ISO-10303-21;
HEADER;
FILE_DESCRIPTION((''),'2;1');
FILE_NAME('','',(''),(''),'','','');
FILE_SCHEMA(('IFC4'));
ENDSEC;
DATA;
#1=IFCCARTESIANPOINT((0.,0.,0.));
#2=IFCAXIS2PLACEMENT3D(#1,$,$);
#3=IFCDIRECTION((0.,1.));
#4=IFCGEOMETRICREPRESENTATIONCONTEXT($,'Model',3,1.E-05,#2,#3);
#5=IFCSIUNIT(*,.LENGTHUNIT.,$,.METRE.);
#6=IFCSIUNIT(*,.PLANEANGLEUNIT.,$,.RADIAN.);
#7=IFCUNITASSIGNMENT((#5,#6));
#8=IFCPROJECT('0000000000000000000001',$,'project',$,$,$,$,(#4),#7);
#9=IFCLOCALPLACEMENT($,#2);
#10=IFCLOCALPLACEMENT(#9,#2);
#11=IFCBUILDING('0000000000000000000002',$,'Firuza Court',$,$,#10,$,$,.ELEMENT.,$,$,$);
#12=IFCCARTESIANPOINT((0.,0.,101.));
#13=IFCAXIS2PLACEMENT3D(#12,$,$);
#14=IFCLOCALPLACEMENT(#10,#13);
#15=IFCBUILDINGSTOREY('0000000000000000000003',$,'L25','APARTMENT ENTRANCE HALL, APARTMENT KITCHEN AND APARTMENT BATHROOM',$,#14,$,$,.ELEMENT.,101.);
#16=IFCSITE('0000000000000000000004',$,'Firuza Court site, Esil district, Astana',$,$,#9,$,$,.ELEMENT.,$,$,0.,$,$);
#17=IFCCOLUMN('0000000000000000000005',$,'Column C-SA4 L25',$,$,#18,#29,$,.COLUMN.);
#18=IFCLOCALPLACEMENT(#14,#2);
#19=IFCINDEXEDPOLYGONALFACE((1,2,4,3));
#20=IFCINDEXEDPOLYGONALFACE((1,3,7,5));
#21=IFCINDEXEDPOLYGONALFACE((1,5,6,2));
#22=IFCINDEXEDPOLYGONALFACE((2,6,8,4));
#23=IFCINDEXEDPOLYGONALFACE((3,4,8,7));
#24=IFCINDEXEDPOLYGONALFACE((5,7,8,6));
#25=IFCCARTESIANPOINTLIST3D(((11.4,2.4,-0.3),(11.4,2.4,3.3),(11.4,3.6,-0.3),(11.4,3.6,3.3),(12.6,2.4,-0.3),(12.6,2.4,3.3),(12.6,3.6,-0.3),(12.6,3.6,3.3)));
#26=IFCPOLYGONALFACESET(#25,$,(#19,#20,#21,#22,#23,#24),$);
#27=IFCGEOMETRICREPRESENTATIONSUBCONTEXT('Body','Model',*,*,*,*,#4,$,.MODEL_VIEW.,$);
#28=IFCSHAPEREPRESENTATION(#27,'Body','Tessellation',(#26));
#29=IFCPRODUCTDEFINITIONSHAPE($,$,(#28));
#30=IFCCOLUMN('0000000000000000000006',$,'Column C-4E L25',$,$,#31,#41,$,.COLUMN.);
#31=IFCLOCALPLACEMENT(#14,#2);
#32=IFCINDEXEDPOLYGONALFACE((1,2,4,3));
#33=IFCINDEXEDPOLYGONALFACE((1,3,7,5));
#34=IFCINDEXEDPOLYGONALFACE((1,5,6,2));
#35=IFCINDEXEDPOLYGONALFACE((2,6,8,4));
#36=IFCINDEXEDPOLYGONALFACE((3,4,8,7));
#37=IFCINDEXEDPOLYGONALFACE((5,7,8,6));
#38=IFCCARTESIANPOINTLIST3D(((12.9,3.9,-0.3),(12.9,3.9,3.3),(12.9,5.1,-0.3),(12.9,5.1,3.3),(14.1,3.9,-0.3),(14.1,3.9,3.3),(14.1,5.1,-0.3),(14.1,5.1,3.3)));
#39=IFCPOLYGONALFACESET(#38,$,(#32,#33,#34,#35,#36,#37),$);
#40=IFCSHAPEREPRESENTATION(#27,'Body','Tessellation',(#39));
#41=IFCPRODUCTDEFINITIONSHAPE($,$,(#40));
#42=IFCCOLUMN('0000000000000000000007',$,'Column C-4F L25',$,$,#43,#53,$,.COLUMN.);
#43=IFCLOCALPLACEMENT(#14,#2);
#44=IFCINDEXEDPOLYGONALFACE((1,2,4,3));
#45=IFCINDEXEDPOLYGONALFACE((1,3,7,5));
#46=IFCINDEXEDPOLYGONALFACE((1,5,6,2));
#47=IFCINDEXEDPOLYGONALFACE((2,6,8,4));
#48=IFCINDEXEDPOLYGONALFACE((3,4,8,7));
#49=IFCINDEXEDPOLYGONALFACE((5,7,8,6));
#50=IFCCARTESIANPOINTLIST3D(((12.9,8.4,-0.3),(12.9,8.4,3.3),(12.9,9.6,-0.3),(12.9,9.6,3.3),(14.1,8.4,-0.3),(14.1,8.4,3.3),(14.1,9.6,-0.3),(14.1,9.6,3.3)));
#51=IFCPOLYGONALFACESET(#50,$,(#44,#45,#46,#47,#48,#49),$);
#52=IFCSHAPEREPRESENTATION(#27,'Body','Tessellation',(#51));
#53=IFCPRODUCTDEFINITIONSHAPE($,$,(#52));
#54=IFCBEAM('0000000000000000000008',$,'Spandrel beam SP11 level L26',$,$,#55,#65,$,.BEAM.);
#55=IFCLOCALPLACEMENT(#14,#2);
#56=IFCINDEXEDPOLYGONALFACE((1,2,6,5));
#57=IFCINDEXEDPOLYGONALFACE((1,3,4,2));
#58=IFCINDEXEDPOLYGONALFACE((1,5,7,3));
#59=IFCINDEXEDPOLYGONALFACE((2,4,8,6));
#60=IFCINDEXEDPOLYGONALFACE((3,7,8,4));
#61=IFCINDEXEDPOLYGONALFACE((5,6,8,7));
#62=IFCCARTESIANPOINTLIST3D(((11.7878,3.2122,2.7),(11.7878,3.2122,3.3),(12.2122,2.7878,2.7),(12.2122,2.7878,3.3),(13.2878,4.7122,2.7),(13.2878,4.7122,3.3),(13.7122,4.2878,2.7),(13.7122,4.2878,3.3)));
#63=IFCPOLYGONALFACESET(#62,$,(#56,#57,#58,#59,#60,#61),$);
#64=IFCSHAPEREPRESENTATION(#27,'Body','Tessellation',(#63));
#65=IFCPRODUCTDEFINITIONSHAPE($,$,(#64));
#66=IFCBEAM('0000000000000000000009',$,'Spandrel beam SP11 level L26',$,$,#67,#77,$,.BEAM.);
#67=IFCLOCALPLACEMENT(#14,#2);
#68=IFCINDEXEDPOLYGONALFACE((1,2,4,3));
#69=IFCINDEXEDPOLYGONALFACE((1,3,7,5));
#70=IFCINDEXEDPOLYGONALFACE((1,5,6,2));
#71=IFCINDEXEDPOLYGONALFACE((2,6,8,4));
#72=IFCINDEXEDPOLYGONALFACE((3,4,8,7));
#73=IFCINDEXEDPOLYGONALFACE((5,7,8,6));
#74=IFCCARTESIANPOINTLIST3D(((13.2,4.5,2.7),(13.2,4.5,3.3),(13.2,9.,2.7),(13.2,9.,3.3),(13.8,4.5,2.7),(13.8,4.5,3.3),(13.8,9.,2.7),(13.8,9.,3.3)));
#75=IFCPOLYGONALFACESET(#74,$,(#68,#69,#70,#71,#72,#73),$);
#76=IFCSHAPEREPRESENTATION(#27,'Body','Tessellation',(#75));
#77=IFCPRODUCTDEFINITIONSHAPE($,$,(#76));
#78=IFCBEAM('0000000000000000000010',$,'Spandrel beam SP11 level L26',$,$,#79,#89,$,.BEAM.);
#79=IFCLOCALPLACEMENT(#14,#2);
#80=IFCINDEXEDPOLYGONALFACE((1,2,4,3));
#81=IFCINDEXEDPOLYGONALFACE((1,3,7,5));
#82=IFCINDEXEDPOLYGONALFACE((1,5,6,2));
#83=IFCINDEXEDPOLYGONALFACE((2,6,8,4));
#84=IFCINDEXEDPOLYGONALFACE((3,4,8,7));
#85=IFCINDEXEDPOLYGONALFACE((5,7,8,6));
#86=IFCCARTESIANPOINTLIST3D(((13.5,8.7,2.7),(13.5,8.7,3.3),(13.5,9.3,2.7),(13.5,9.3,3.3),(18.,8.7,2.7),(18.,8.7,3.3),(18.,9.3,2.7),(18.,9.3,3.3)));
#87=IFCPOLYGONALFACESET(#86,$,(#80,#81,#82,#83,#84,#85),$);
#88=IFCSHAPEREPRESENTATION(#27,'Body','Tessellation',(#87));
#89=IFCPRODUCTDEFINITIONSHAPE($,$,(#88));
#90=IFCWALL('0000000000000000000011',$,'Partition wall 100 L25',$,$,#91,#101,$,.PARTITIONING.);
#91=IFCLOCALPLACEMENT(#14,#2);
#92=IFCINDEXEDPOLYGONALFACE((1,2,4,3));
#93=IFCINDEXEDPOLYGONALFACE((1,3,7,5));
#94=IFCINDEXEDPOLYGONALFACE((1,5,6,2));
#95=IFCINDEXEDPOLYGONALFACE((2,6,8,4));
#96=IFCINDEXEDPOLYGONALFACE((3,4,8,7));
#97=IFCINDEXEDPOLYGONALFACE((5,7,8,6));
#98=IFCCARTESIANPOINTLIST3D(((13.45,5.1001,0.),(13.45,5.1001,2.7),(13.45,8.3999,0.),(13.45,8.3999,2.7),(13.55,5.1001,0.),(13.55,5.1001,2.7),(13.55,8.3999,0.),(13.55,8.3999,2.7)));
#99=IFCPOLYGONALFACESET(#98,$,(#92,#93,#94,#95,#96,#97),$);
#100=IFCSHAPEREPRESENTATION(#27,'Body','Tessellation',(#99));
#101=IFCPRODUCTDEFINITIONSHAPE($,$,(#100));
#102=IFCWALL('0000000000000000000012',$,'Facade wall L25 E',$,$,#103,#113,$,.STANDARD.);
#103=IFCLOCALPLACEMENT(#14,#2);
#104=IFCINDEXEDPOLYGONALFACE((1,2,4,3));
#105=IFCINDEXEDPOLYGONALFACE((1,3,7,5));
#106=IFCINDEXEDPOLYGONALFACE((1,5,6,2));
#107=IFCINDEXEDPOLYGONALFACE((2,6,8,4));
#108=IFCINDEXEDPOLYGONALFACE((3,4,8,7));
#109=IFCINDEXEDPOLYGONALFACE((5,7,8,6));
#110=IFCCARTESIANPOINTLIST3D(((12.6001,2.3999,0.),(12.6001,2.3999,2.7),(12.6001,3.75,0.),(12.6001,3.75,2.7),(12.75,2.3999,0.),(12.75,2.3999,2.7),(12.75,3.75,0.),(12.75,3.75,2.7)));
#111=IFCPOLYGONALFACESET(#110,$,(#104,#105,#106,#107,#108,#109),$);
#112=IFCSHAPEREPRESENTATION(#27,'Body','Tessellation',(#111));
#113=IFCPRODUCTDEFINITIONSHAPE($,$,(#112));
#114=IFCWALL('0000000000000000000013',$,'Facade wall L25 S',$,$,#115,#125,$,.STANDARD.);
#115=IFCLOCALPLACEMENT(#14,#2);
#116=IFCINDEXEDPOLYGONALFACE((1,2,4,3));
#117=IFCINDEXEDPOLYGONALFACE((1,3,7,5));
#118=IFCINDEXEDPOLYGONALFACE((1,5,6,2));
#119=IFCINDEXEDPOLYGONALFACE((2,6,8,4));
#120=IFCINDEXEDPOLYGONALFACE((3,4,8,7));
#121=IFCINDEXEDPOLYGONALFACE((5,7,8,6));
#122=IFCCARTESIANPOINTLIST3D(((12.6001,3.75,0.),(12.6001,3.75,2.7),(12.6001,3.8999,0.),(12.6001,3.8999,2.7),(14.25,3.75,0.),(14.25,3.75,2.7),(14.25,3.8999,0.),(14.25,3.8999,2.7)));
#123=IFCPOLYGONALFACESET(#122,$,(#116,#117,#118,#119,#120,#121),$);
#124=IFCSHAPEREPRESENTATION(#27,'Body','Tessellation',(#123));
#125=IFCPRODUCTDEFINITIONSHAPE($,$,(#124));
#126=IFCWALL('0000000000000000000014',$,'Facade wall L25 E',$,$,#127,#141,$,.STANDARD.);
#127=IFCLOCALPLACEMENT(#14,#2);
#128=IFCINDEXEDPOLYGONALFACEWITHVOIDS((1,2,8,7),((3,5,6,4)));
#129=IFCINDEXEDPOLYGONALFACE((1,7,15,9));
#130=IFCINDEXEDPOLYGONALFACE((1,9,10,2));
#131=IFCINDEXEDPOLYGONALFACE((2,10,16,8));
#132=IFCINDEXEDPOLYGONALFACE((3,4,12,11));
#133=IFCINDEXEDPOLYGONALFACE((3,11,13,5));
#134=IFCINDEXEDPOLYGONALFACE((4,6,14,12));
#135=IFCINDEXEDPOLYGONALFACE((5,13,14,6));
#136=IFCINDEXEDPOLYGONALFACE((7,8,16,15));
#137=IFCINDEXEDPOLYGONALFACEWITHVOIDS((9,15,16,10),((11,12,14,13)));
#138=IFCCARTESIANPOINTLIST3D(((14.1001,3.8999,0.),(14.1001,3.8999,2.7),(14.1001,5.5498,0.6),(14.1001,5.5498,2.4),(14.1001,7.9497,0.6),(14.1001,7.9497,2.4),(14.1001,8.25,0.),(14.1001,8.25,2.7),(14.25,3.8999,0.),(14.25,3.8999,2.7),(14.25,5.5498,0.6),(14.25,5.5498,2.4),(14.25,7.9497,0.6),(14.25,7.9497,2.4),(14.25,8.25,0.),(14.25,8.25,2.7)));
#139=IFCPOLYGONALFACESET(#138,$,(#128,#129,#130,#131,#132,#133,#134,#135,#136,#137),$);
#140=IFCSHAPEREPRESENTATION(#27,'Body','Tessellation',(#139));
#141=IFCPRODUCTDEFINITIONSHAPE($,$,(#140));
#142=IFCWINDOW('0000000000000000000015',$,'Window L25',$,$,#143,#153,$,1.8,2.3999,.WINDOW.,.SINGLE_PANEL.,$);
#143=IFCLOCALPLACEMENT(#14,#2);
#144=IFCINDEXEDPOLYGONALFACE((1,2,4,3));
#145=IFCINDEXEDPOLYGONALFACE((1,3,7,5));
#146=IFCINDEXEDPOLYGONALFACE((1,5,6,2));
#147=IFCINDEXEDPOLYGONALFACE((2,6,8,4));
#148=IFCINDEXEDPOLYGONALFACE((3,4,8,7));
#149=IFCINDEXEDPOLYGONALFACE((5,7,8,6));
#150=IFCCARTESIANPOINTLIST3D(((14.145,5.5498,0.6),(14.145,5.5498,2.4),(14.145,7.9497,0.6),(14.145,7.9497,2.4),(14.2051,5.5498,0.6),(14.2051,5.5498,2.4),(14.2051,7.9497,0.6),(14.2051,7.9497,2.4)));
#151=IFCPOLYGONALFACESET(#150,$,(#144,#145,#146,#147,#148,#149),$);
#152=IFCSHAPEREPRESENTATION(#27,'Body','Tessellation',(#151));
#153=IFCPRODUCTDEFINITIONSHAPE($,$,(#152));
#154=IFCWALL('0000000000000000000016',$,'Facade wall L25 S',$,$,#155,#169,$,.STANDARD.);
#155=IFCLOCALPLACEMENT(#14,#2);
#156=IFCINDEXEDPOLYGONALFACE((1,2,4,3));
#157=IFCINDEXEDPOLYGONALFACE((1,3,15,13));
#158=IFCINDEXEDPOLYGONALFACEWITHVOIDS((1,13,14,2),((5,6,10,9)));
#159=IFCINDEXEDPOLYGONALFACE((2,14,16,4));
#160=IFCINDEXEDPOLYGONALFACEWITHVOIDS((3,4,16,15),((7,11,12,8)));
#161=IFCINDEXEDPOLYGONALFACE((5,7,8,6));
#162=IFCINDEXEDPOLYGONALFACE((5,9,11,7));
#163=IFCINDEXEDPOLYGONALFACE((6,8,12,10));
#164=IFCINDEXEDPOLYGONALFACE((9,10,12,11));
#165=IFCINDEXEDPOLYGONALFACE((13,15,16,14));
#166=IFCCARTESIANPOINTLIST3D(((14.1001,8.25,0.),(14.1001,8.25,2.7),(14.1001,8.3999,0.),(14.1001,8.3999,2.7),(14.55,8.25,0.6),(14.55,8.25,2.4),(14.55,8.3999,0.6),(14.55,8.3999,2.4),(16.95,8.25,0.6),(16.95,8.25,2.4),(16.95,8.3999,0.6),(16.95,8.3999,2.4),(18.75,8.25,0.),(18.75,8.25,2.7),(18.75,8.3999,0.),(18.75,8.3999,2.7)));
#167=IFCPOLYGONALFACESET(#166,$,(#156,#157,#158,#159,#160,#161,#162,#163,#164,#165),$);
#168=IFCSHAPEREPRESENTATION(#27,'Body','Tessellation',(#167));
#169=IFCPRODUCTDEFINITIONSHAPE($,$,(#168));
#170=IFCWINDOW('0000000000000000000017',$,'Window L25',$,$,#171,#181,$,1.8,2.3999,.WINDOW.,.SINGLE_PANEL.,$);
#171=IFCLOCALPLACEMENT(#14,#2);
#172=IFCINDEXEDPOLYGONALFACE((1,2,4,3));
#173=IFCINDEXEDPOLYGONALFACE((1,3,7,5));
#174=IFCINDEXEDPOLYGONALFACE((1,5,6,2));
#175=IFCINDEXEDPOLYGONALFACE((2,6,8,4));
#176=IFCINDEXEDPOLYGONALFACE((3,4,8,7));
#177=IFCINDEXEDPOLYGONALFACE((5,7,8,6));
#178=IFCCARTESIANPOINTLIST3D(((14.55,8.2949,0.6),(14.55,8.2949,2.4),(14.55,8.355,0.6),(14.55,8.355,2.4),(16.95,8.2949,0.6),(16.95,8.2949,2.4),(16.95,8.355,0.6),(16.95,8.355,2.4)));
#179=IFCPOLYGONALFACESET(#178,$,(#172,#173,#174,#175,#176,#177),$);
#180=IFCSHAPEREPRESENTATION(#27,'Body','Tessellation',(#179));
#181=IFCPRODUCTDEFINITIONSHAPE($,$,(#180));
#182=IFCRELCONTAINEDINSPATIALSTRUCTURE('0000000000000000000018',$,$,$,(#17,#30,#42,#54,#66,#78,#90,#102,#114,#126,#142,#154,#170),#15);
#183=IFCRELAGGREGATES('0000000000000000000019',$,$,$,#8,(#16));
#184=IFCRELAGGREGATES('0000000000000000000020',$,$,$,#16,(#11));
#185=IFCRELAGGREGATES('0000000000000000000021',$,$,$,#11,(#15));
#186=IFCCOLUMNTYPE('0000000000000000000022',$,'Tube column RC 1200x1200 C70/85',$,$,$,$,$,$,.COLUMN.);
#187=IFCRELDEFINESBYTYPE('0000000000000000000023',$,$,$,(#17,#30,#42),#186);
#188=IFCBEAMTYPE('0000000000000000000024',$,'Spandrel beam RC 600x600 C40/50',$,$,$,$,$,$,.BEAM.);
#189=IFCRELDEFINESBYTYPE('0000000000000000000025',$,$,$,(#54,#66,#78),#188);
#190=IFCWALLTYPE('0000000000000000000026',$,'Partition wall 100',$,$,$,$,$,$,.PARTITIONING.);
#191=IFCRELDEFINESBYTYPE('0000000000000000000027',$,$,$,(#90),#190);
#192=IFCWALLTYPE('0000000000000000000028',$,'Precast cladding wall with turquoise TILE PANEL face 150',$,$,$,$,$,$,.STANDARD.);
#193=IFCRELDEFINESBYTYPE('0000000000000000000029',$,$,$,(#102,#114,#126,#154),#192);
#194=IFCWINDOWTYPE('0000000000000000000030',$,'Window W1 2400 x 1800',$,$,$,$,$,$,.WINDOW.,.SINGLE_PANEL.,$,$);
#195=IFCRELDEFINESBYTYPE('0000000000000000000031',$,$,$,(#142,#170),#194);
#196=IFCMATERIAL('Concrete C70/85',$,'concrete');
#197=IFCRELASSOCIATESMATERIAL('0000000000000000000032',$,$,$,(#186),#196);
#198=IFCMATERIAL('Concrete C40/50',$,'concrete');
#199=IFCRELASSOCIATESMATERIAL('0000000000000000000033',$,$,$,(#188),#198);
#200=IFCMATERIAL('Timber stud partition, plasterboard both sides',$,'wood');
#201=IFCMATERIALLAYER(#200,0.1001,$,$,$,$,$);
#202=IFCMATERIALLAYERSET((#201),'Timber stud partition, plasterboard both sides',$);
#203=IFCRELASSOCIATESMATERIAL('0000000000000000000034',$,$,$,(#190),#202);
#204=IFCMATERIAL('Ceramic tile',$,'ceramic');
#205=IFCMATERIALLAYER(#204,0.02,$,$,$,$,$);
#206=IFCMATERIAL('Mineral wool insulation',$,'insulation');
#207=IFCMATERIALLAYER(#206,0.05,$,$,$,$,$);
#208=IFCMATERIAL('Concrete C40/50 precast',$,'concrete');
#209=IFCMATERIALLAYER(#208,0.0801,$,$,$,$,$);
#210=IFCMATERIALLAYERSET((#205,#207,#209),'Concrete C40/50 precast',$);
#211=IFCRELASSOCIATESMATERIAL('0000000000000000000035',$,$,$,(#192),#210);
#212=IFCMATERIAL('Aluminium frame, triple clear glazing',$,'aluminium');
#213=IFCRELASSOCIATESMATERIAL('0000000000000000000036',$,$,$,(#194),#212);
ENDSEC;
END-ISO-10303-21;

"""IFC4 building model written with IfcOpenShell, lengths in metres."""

from ifc_helpers import new_model, si_unit, direction, frame, frame_2d, origin, origin_2d, place, context, subcontext, project, spatial, rectangle, extrude, material, layer, layer_set, material_profile, profile_set, type_object, element, fill, save


model = new_model("IFC4")

# Units and contexts
model_context = context("Model", 3, precision=1e-05, world=origin(), true_north=direction((0.0, 1.0)))
body_context = subcontext(model_context, "Body", "Model", "MODEL_VIEW")
ifc_project = project(units=[si_unit("LENGTHUNIT", "METRE"), si_unit("PLANEANGLEUNIT", "RADIAN")], contexts=[model_context])

# Site, building, storey
site_placement = place(None, origin())
site = spatial("IfcSite", under=ifc_project, at=site_placement, Name="Firuza Court site, Esil district, Astana", CompositionType="ELEMENT", RefElevation=0.0)
building_placement = place(site_placement, origin())
building = spatial("IfcBuilding", under=site, at=building_placement, Name="Firuza Court", CompositionType="ELEMENT")
storey_placement = place(building_placement, frame((0.0, 0.0, 101.0)))
storey = spatial("IfcBuildingStorey", under=building, at=storey_placement, Name="L25", Description="APARTMENT ENTRANCE HALL, APARTMENT KITCHEN AND APARTMENT BATHROOM", CompositionType="ELEMENT", Elevation=101.0)

# Columns
ifc_material_1 = material(Name="Concrete C70/85", Category="concrete")
ifc_material_profile_1 = material_profile(ifc_material_1, rectangle(XDim=1.2, YDim=1.2, at=origin_2d()), Name="RC 1200x1200")
ifc_profile_set_1 = profile_set([ifc_material_profile_1], Name="Concrete C70/85")
column_type = type_object("IfcColumnType", Name="Tube column RC 1200x1200 C70/85", PredefinedType="COLUMN", material=ifc_profile_set_1)
for number, where, z_axis, x_axis, name in (
    (1, (12.0, 3.0, -0.3), (0.0, 0.0, 1.0), (1.0, 0.0, 0.0), "Column C-SA4 L25"),
    (2, (13.5, 4.5, -0.3), (0.0, 0.0, 1.0), (1.0, 0.0, 0.0), "Column C-4E L25"),
    (3, (13.5, 9.0, -0.3), (0.0, 0.0, 1.0), (1.0, 0.0, 0.0), "Column C-4F L25"),
):
    element("IfcColumn", number, at=place(storey_placement, frame(where, z_axis=z_axis, x_axis=x_axis)), inside=storey, type_object=column_type, Name=name, PredefinedType="COLUMN", context=body_context, shape_type="SweptSolid", body=[
        extrude(rectangle(XDim=1.2, YDim=1.2, at=origin_2d()), origin(), (0.0, 0.0, 1.0), 3.6001),
    ])

# Beams
ifc_material_2 = material(Name="Concrete C40/50", Category="concrete")
ifc_material_profile_2 = material_profile(ifc_material_2, rectangle(XDim=0.6001, YDim=0.6001, at=origin_2d()), Name="RC 600x600")
ifc_profile_set_2 = profile_set([ifc_material_profile_2], Name="Concrete C40/50")
beam_type = type_object("IfcBeamType", Name="Spandrel beam RC 600x600 C40/50", PredefinedType="BEAM", material=ifc_profile_set_2)
beam_placement = place(storey_placement, frame((12.0, 3.0, 3.0), z_axis=(0.707107, 0.707107, 0.0), x_axis=(-0.707107, 0.707107, 0.0)))
element("IfcBeam", 4, at=beam_placement, inside=storey, type_object=beam_type, Name="Spandrel beam SP11 level L26", PredefinedType="BEAM", context=body_context, shape_type="SweptSolid", body=[
    extrude(rectangle(XDim=0.6001, YDim=0.6001, at=origin_2d()), origin(), (0.0, 0.0, 1.0), 2.1213),
])
for number, where, z_axis, x_axis, name in (
    (5, (13.5, 4.5, 3.0), (0.0, 1.0, 0.0), (-1.0, 0.0, 0.0), "Spandrel beam SP11 level L26"),
    (6, (13.5, 9.0, 3.0), (1.0, 0.0, 0.0), (0.0, 1.0, 0.0), "Spandrel beam SP11 level L26"),
):
    element("IfcBeam", number, at=place(storey_placement, frame(where, z_axis=z_axis, x_axis=x_axis)), inside=storey, type_object=beam_type, Name=name, PredefinedType="BEAM", context=body_context, shape_type="SweptSolid", body=[
        extrude(rectangle(XDim=0.6001, YDim=0.6001, at=origin_2d()), origin(), (0.0, 0.0, 1.0), 4.5),
    ])

# Walls
ifc_material_3 = material(Name="Timber stud partition, plasterboard both sides", Category="wood")
ifc_layer_1 = layer(ifc_material_3, 0.1001)
ifc_layer_set_1 = layer_set([ifc_layer_1], Name="Timber stud partition, plasterboard both sides")
wall_type_1 = type_object("IfcWallType", Name="Partition wall 100", PredefinedType="PARTITIONING", material=ifc_layer_set_1)
wall_1_placement = place(storey_placement, frame((13.5, 5.1001, 0.0), z_axis=(0.0, 0.0, 1.0), x_axis=(0.0, 1.0, 0.0)))
element("IfcWall", 7, at=wall_1_placement, inside=storey, type_object=wall_type_1, Name="Partition wall 100 L25", PredefinedType="PARTITIONING", context=body_context, shape_type="SweptSolid", body=[
    extrude(rectangle(XDim=3.2998, YDim=0.1001, at=frame_2d((1.6499, 0.0))), origin(), (0.0, 0.0, 1.0), 2.7),
])
ifc_material_4 = material(Name="Ceramic tile", Category="ceramic")
ifc_layer_2 = layer(ifc_material_4, 0.02)
ifc_material_5 = material(Name="Mineral wool insulation", Category="insulation")
ifc_layer_3 = layer(ifc_material_5, 0.05)
ifc_material_6 = material(Name="Concrete C40/50 precast", Category="concrete")
ifc_layer_4 = layer(ifc_material_6, 0.0801)
ifc_layer_set_2 = layer_set([ifc_layer_2, ifc_layer_3, ifc_layer_4], Name="Concrete C40/50 precast")
wall_type_2 = type_object("IfcWallType", Name="Precast cladding wall with turquoise TILE PANEL face 150", PredefinedType="STANDARD", material=ifc_layer_set_2)
wall_2_placement = place(storey_placement, frame((12.675, 2.3999, 0.0), z_axis=(0.0, 0.0, 1.0), x_axis=(0.0, 1.0, 0.0)))
element("IfcWall", 8, at=wall_2_placement, inside=storey, type_object=wall_type_2, Name="Facade wall L25 E", PredefinedType="STANDARD", context=body_context, shape_type="SweptSolid", body=[
    extrude(rectangle(XDim=1.3501, YDim=0.1499, at=frame_2d((0.675, 0.0))), origin(), (0.0, 0.0, 1.0), 2.7),
])
wall_3_placement = place(storey_placement, frame((12.6001, 3.825, 0.0), z_axis=(0.0, 0.0, 1.0), x_axis=(1.0, 0.0, 0.0)))
element("IfcWall", 9, at=wall_3_placement, inside=storey, type_object=wall_type_2, Name="Facade wall L25 S", PredefinedType="STANDARD", context=body_context, shape_type="SweptSolid", body=[
    extrude(rectangle(XDim=1.6499, YDim=0.1499, at=frame_2d((0.825, 0.0))), origin(), (0.0, 0.0, 1.0), 2.7),
])

# Walls, openings, windows
wall_4_placement = place(storey_placement, frame((14.175, 3.8999, 0.0), z_axis=(0.0, 0.0, 1.0), x_axis=(0.0, 1.0, 0.0)))
wall_4 = element("IfcWall", 10, at=wall_4_placement, inside=storey, type_object=wall_type_2, Name="Facade wall L25 E", PredefinedType="STANDARD", context=body_context, shape_type="SweptSolid", body=[
    extrude(rectangle(XDim=4.3501, YDim=0.1499, at=frame_2d((2.175, 0.0))), origin(), (0.0, 0.0, 1.0), 2.7),
])
opening_1_placement = place(wall_4_placement, frame((1.6499, 0.0, 0.6001)))
opening_1 = element("IfcOpeningElement", 11, at=opening_1_placement, cuts=wall_4, PredefinedType="OPENING", context=body_context, shape_type="SweptSolid", body=[
    extrude(rectangle(XDim=2.3999, YDim=1.8, at=frame_2d((1.2, 0.8999))), frame((0.0, 0.0869, 0.0), z_axis=(0.0, -1.0, 0.0), x_axis=(1.0, 0.0, 0.0)), (0.0, 0.0, 1.0), 0.1738),
])
ifc_material_7 = material(Name="Aluminium frame, triple clear glazing", Category="aluminium")
window_type_1 = type_object("IfcWindowType", Name="Window W1 2400 x 1800", PartitioningType="SINGLE_PANEL", PredefinedType="WINDOW", material=ifc_material_7)
window_1_placement = place(opening_1_placement, origin())
window_1 = element("IfcWindow", 12, at=window_1_placement, inside=storey, type_object=window_type_1, Name="Window L25", OverallHeight=1.8, OverallWidth=2.3999, PartitioningType="SINGLE_PANEL", PredefinedType="WINDOW", context=body_context, shape_type="SweptSolid", body=[
    extrude(rectangle(XDim=2.3999, YDim=1.8, at=frame_2d((1.2, 0.8999))), frame((0.0, 0.03, 0.0), z_axis=(0.0, -1.0, 0.0), x_axis=(1.0, 0.0, 0.0)), (0.0, 0.0, 1.0), 0.0601),
])
fill(opening_1, window_1)
wall_5_placement = place(storey_placement, frame((14.1001, 8.325, 0.0), z_axis=(0.0, 0.0, 1.0), x_axis=(1.0, 0.0, 0.0)))
wall_5 = element("IfcWall", 13, at=wall_5_placement, inside=storey, type_object=wall_type_2, Name="Facade wall L25 S", PredefinedType="STANDARD", context=body_context, shape_type="SweptSolid", body=[
    extrude(rectangle(XDim=4.6499, YDim=0.1499, at=frame_2d((2.325, 0.0))), origin(), (0.0, 0.0, 1.0), 2.7),
])
opening_2_placement = place(wall_5_placement, frame((0.45, 0.0, 0.6001)))
opening_2 = element("IfcOpeningElement", 14, at=opening_2_placement, cuts=wall_5, PredefinedType="OPENING", context=body_context, shape_type="SweptSolid", body=[
    extrude(rectangle(XDim=2.3999, YDim=1.8, at=frame_2d((1.2, 0.8999))), frame((0.0, 0.0869, 0.0), z_axis=(0.0, -1.0, 0.0), x_axis=(1.0, 0.0, 0.0)), (0.0, 0.0, 1.0), 0.1738),
])
window_2_placement = place(opening_2_placement, origin())
window_2 = element("IfcWindow", 15, at=window_2_placement, inside=storey, type_object=window_type_1, Name="Window L25", OverallHeight=1.8, OverallWidth=2.3999, PartitioningType="SINGLE_PANEL", PredefinedType="WINDOW", context=body_context, shape_type="SweptSolid", body=[
    extrude(rectangle(XDim=2.3999, YDim=1.8, at=frame_2d((1.2, 0.8999))), frame((0.0, 0.03, 0.0), z_axis=(0.0, -1.0, 0.0), x_axis=(1.0, 0.0, 0.0)), (0.0, 0.0, 1.0), 0.0601),
])
fill(opening_2, window_2)

save(model, "model.ifc")
